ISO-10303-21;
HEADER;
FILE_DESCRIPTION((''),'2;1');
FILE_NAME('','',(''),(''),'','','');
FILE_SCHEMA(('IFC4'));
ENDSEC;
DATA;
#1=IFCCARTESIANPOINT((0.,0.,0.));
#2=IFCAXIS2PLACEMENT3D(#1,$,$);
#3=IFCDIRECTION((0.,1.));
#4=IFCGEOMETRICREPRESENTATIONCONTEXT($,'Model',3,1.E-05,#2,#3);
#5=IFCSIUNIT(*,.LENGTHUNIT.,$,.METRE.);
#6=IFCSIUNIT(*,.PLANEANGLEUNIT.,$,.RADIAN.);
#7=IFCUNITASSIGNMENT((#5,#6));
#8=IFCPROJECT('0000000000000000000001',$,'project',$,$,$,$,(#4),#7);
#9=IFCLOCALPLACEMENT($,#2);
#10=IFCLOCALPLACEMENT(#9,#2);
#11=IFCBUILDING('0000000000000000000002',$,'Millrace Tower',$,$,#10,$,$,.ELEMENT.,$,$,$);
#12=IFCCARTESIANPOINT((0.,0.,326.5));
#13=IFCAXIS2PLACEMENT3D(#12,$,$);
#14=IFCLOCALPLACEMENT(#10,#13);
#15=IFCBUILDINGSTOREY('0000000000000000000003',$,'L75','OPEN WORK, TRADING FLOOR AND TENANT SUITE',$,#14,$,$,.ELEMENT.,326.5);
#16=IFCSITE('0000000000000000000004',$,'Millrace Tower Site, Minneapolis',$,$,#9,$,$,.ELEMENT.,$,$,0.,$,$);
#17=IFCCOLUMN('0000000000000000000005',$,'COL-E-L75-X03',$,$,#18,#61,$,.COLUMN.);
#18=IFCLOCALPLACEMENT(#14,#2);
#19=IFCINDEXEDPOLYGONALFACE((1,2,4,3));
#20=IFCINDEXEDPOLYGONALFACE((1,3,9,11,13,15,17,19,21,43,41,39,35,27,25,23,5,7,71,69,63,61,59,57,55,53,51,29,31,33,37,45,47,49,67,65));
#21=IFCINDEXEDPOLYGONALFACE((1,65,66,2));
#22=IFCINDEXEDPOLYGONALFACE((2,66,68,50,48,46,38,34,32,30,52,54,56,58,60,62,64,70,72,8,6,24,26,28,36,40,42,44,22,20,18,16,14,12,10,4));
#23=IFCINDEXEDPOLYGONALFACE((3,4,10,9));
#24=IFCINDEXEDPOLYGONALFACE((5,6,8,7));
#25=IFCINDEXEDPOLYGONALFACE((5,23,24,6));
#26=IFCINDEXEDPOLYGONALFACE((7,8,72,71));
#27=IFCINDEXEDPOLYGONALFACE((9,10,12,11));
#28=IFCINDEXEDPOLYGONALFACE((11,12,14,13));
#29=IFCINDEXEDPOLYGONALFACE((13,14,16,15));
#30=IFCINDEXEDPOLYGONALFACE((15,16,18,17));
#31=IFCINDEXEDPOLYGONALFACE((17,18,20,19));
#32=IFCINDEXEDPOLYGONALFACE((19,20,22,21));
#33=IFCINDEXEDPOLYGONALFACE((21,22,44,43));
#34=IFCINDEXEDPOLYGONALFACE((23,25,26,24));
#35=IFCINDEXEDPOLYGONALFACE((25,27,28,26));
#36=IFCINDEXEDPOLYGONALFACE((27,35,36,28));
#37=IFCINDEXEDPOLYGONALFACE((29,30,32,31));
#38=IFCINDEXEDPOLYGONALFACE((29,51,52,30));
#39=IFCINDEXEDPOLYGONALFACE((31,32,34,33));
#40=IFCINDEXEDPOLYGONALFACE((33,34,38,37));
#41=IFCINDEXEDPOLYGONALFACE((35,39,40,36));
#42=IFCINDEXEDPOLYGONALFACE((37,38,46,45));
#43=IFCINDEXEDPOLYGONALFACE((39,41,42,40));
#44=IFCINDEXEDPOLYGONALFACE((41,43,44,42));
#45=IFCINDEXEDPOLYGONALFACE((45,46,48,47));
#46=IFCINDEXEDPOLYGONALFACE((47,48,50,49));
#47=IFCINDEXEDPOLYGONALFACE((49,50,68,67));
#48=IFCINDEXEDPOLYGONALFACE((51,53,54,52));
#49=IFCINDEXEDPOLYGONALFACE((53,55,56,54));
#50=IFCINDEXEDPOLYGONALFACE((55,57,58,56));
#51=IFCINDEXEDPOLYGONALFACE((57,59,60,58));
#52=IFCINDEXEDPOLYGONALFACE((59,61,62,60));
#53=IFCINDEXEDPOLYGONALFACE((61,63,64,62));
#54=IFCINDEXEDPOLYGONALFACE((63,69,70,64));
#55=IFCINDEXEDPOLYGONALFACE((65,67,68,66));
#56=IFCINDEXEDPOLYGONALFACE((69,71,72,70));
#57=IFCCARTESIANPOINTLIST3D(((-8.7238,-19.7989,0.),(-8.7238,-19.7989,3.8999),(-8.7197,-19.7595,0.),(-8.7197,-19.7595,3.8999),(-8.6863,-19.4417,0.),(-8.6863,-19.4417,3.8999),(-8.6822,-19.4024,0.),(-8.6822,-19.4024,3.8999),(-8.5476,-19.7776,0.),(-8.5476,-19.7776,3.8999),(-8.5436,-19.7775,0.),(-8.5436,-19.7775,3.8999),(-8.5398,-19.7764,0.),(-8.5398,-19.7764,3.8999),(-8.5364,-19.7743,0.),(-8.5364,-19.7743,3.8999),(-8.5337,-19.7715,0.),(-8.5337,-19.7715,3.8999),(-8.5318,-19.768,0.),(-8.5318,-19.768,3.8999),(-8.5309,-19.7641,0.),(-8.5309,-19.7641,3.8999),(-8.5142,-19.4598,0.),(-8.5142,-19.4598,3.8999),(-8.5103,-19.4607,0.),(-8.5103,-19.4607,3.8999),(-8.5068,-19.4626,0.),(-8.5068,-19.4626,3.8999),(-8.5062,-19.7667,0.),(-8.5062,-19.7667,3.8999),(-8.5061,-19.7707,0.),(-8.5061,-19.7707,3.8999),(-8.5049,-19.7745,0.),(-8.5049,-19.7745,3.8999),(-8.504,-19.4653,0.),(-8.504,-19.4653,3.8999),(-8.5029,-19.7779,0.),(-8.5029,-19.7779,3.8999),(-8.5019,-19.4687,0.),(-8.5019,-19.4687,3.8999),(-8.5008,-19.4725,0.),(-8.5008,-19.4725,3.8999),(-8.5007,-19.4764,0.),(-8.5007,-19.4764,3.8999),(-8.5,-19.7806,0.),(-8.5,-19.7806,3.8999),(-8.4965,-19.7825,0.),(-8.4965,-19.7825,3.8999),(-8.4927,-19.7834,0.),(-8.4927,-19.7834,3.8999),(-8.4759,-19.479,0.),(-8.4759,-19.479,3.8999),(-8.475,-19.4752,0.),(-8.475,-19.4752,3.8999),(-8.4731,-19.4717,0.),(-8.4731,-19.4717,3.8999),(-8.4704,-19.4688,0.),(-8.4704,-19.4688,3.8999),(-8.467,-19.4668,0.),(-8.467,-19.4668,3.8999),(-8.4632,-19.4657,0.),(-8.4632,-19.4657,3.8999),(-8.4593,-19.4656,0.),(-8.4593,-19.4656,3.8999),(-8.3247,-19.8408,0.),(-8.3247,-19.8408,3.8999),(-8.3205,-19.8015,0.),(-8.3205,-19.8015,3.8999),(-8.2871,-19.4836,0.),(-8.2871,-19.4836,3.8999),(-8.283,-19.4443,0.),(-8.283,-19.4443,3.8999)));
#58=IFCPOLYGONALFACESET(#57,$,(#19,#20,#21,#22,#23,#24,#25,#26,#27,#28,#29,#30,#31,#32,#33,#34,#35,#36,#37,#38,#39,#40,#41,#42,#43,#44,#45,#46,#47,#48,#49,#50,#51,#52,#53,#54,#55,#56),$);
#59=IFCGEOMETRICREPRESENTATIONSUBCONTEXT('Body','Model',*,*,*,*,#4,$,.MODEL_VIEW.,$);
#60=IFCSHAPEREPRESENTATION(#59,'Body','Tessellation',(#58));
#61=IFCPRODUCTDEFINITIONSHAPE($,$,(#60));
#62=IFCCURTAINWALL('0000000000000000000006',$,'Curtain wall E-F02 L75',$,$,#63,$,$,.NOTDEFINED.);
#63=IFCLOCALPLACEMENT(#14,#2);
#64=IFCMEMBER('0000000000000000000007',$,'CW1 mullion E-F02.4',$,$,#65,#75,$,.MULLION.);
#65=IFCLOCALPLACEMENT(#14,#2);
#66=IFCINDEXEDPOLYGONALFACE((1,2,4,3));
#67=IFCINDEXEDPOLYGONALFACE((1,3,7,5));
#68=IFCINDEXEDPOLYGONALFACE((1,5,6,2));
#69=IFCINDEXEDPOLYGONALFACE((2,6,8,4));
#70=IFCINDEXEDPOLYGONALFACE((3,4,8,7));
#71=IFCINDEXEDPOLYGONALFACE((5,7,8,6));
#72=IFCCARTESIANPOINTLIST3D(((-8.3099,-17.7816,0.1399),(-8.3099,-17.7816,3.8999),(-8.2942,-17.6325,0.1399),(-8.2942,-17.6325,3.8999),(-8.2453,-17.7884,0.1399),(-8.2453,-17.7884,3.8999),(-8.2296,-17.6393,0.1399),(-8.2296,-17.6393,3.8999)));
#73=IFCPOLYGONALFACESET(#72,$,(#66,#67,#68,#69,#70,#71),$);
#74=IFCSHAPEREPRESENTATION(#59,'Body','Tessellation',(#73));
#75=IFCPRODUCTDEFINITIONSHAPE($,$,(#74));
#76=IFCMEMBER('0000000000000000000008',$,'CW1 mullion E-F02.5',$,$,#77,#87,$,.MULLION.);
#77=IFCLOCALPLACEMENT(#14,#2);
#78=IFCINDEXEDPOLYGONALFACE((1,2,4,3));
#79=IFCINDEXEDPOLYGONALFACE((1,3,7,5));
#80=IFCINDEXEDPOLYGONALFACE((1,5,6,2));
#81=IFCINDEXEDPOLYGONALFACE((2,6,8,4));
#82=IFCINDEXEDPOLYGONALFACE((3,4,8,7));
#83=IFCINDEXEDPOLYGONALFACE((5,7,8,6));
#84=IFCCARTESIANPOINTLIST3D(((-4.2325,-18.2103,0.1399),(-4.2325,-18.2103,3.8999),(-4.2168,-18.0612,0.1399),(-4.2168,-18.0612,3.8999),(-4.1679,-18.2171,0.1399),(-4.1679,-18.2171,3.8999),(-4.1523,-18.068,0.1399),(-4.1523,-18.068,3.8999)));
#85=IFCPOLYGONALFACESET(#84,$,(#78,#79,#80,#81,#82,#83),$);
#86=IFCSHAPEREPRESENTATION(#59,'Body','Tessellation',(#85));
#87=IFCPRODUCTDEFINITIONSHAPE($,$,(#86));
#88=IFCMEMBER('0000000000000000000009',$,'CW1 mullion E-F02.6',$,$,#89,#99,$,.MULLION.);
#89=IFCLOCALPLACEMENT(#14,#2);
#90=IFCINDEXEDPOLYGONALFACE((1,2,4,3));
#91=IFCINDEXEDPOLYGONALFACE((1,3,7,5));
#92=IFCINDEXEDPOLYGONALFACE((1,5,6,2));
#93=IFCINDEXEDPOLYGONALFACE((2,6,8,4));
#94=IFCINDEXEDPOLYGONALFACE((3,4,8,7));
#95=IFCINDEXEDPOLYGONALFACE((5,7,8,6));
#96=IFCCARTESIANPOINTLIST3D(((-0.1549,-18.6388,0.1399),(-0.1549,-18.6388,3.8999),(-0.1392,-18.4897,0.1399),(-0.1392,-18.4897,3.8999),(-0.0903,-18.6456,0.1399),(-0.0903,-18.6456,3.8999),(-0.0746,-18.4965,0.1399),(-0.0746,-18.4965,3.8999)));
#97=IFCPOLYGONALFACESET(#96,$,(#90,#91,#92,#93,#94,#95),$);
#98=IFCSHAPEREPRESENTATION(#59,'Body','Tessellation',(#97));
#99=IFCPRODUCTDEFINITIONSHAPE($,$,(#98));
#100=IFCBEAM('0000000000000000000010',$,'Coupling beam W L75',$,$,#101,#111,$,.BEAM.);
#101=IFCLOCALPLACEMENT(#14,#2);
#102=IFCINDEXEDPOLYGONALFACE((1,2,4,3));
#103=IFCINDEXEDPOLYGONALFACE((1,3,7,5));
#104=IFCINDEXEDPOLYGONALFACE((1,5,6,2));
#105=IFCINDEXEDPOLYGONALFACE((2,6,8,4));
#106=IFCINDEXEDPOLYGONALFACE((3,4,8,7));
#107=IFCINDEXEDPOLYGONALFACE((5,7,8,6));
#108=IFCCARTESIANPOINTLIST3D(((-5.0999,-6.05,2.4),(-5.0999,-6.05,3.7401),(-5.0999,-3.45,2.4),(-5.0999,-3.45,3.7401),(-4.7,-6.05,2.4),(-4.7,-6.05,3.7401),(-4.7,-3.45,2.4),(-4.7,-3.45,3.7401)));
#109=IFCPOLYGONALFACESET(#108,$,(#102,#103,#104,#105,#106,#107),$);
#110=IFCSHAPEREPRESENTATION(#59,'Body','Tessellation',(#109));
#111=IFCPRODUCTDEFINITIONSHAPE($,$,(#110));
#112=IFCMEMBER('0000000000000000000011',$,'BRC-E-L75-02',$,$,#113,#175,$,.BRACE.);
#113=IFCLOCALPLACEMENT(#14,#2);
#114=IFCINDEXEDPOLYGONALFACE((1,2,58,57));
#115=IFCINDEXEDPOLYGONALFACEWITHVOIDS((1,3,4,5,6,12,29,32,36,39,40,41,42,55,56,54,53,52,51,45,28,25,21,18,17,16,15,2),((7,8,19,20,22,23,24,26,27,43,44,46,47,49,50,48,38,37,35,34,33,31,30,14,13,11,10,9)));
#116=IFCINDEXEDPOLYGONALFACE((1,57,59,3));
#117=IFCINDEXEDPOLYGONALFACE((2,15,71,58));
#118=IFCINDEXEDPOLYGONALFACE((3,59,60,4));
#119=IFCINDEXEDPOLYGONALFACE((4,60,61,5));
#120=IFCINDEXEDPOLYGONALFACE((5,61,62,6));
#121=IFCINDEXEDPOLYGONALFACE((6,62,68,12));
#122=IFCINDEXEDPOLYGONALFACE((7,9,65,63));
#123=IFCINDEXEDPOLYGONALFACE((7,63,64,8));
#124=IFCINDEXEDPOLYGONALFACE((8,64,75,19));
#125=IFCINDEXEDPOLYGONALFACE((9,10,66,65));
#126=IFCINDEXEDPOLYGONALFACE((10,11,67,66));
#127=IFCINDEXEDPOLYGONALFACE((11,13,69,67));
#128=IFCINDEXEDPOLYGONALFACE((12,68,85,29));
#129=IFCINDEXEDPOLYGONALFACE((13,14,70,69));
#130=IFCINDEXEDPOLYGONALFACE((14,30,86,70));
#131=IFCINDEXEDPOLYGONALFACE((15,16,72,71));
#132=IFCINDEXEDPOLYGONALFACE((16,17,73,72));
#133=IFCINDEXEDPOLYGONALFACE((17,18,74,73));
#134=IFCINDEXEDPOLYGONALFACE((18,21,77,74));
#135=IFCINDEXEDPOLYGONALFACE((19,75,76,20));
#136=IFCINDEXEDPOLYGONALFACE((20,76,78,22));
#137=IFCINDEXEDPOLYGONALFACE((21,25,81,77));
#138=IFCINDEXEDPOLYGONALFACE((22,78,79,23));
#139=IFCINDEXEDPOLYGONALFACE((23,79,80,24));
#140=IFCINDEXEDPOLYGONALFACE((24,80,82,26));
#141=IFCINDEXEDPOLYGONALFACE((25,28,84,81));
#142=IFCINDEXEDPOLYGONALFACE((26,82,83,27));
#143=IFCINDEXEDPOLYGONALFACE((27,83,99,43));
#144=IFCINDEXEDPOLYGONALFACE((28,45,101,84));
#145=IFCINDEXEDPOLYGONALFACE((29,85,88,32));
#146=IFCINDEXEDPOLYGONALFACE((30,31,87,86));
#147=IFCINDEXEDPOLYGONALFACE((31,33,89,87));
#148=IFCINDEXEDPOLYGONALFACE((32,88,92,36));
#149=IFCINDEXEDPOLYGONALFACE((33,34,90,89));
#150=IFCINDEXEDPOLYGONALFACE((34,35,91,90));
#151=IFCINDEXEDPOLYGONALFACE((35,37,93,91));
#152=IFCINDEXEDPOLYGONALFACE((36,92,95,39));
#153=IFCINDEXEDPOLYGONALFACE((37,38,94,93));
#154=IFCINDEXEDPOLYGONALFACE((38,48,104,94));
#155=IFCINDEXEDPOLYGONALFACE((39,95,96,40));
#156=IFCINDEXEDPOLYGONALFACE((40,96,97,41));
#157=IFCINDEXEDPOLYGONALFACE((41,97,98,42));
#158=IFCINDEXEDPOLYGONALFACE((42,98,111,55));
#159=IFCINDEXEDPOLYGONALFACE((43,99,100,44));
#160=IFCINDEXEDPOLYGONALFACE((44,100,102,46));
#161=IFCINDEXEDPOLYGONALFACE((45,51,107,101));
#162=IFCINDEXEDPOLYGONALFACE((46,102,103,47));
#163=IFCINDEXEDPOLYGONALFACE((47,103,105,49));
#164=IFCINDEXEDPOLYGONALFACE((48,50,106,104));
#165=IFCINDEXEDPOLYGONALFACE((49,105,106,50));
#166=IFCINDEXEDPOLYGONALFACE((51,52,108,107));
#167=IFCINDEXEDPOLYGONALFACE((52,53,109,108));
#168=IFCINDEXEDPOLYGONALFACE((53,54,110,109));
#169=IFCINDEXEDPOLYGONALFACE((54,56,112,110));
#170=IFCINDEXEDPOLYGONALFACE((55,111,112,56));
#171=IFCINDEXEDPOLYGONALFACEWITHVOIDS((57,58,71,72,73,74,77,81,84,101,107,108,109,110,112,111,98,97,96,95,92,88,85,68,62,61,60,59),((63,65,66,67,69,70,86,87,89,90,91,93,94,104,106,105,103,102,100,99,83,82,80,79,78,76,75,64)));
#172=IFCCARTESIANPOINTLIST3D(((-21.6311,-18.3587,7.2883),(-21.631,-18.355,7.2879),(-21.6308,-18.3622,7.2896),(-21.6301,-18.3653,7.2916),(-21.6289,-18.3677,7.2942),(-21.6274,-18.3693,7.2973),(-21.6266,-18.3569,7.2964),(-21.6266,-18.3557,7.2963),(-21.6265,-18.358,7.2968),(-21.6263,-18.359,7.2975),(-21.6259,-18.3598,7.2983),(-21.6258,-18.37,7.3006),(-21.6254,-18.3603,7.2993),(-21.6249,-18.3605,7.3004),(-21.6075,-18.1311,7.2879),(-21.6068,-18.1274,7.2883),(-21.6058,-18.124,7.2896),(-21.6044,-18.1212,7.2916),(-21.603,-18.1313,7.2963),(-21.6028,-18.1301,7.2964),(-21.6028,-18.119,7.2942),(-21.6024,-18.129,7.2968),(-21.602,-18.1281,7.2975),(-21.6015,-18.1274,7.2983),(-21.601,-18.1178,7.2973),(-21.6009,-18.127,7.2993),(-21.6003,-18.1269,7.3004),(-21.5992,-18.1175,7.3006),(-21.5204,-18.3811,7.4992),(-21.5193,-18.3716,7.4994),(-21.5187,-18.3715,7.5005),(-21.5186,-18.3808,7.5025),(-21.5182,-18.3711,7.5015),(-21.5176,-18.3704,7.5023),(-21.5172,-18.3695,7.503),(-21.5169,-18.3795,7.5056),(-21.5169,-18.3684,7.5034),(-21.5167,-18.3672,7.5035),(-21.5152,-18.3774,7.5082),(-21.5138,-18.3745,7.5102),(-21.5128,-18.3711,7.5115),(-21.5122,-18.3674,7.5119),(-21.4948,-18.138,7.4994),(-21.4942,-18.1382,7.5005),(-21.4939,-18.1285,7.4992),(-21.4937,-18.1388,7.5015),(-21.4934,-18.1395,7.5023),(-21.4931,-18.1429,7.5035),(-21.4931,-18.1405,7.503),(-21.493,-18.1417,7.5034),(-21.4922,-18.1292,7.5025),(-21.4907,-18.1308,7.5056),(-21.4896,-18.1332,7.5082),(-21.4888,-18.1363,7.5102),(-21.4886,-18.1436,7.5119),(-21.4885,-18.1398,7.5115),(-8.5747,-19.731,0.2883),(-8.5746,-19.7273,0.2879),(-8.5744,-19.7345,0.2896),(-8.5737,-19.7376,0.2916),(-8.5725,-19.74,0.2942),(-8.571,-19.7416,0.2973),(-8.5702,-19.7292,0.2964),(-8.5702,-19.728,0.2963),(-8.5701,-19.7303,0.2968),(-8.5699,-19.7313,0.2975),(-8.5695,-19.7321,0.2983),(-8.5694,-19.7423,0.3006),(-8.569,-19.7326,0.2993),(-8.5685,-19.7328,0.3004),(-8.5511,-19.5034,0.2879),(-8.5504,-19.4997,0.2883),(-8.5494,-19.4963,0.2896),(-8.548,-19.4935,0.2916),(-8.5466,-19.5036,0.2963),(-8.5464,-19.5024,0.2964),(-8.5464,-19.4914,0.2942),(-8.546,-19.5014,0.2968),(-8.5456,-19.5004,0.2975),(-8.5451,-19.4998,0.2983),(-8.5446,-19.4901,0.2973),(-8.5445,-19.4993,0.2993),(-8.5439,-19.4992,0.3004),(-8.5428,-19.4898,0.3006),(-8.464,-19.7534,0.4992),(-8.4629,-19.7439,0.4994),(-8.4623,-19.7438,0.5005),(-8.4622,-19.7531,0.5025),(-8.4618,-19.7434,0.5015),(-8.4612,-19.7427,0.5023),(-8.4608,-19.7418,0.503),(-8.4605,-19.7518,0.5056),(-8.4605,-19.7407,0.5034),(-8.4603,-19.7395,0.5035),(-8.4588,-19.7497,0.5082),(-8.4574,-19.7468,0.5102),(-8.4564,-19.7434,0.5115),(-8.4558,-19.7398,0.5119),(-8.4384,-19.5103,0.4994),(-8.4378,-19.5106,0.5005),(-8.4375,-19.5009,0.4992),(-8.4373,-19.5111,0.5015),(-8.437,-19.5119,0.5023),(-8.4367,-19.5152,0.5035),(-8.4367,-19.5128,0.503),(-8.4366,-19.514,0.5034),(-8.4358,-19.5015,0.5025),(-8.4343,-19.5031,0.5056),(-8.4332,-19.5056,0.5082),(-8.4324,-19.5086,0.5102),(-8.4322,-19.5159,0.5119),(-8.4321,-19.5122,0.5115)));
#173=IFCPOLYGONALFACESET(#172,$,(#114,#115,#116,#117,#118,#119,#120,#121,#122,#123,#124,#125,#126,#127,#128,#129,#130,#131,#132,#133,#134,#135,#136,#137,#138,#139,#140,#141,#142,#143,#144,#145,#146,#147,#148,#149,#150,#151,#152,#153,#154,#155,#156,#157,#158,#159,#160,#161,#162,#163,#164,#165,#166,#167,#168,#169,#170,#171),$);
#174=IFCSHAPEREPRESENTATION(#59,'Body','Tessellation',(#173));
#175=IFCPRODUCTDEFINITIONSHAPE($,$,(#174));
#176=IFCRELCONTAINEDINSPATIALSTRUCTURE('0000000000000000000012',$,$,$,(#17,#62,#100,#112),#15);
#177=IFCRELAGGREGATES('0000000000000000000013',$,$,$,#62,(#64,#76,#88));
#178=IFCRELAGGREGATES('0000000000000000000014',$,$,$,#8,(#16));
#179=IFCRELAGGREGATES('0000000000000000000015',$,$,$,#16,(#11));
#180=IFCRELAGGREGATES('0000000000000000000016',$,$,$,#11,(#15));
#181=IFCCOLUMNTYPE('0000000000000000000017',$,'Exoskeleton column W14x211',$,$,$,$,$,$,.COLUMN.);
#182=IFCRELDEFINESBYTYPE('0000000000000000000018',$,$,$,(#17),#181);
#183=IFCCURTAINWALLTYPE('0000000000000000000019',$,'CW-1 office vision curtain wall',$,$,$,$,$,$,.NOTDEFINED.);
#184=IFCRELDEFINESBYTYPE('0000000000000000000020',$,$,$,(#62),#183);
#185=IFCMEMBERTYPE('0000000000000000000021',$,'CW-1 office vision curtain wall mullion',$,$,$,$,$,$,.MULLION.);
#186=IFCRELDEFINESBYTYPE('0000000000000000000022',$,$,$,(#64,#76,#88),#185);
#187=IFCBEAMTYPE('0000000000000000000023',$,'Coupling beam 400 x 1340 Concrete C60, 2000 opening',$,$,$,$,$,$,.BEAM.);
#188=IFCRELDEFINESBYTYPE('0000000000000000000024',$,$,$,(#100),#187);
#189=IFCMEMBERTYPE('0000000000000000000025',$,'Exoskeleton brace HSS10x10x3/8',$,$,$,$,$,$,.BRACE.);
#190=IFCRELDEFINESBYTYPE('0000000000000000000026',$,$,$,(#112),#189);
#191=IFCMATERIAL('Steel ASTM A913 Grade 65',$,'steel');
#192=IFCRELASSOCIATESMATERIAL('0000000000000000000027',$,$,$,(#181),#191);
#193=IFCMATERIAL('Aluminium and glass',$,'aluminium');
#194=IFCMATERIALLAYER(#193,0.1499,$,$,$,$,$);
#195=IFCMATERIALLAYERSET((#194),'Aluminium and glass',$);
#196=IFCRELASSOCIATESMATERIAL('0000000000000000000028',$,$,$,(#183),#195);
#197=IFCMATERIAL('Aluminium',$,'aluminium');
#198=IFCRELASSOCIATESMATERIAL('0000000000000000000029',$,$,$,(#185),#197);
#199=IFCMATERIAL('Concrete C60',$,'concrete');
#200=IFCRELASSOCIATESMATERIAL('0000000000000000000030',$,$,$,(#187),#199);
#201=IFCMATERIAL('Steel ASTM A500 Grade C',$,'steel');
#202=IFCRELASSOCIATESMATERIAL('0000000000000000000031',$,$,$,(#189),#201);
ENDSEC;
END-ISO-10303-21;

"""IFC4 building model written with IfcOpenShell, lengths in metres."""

from ifc_helpers import new_model, si_unit, direction, frame, origin, origin_2d, place, context, subcontext, project, spatial, rectangle, hollow_rectangle, i_section, extrude, material, layer, layer_set, material_profile, profile_set, type_object, element, aggregate, save


model = new_model("IFC4")

# Units and contexts
model_context = context("Model", 3, precision=1e-05, world=origin(), true_north=direction((0.0, 1.0)))
body_context = subcontext(model_context, "Body", "Model", "MODEL_VIEW")
ifc_project = project(units=[si_unit("LENGTHUNIT", "METRE"), si_unit("PLANEANGLEUNIT", "RADIAN")], contexts=[model_context])

# Site, building, storey
site_placement = place(None, origin())
site = spatial("IfcSite", under=ifc_project, at=site_placement, Name="Millrace Tower Site, Minneapolis", CompositionType="ELEMENT", RefElevation=0.0)
building_placement = place(site_placement, origin())
building = spatial("IfcBuilding", under=site, at=building_placement, Name="Millrace Tower", CompositionType="ELEMENT")
storey_placement = place(building_placement, frame((0.0, 0.0, 326.5)))
storey = spatial("IfcBuildingStorey", under=building, at=storey_placement, Name="L75", Description="OPEN WORK, TRADING FLOOR AND TENANT SUITE", CompositionType="ELEMENT", Elevation=326.5)

# Column
ifc_material_1 = material(Name="Steel ASTM A913 Grade 65", Category="steel")
ifc_material_profile_1 = material_profile(ifc_material_1, i_section(OverallWidth=0.4014, OverallDepth=0.3987, WebThickness=0.0249, FlangeThickness=0.0396, FilletRadius=0.0151, at=origin_2d()))
ifc_profile_set_1 = profile_set([ifc_material_profile_1], Name="Steel ASTM A913 Grade 65")
column_type = type_object("IfcColumnType", Name="Exoskeleton column W14x211", PredefinedType="COLUMN", material=ifc_profile_set_1)
column_placement = place(storey_placement, frame((-8.5034, -19.6216, 0.0), z_axis=(0.0, 0.0, 1.0), x_axis=(0.994522, -0.104528, 0.0)))
element("IfcColumn", 1, at=column_placement, inside=storey, type_object=column_type, Name="COL-E-L75-X03", PredefinedType="COLUMN", context=body_context, shape_type="SweptSolid", body=[
    extrude(i_section(OverallWidth=0.4014, OverallDepth=0.3987, WebThickness=0.0249, FlangeThickness=0.0396, FilletRadius=0.0151, at=origin_2d()), origin(), (0.0, 0.0, 1.0), 3.8999),
])

# Curtain wall, members
ifc_material_2 = material(Name="Aluminium and glass", Category="aluminium")
ifc_layer_1 = layer(ifc_material_2, 0.1499)
ifc_layer_set_1 = layer_set([ifc_layer_1], Name="Aluminium and glass")
curtain_wall_type = type_object("IfcCurtainWallType", Name="CW-1 office vision curtain wall", PredefinedType="NOTDEFINED", material=ifc_layer_set_1)
curtain_wall_placement = place(storey_placement, origin())
curtain_wall = element("IfcCurtainWall", 2, at=curtain_wall_placement, inside=storey, type_object=curtain_wall_type, Name="Curtain wall E-F02 L75", PredefinedType="NOTDEFINED")
ifc_material_3 = material(Name="Aluminium", Category="aluminium")
ifc_material_profile_2 = material_profile(ifc_material_3, rectangle(XDim=0.0649, YDim=0.1499, at=origin_2d()))
ifc_profile_set_2 = profile_set([ifc_material_profile_2], Name="Aluminium")
member_type_1 = type_object("IfcMemberType", Name="CW-1 office vision curtain wall mullion", PredefinedType="MULLION", material=ifc_profile_set_2)
member_1_placement = place(storey_placement, frame((-8.2698, -17.7104, 0.1399), z_axis=(0.0, 0.0, 1.0), x_axis=(0.994522, -0.104528, 0.0)))
member_1 = element("IfcMember", 3, at=member_1_placement, type_object=member_type_1, Name="CW1 mullion E-F02.4", PredefinedType="MULLION", context=body_context, shape_type="SweptSolid", body=[
    extrude(rectangle(XDim=0.0649, YDim=0.1499, at=origin_2d()), origin(), (0.0, 0.0, 1.0), 3.76),
])
member_2_placement = place(storey_placement, frame((-4.1924, -18.1392, 0.1399), z_axis=(0.0, 0.0, 1.0), x_axis=(0.994522, -0.104528, 0.0)))
member_2 = element("IfcMember", 4, at=member_2_placement, type_object=member_type_1, Name="CW1 mullion E-F02.5", PredefinedType="MULLION", context=body_context, shape_type="SweptSolid", body=[
    extrude(rectangle(XDim=0.0649, YDim=0.1499, at=origin_2d()), origin(), (0.0, 0.0, 1.0), 3.76),
])
member_3_placement = place(storey_placement, frame((-0.1147, -18.5676, 0.1399), z_axis=(0.0, 0.0, 1.0), x_axis=(0.994522, -0.104528, 0.0)))
member_3 = element("IfcMember", 5, at=member_3_placement, type_object=member_type_1, Name="CW1 mullion E-F02.6", PredefinedType="MULLION", context=body_context, shape_type="SweptSolid", body=[
    extrude(rectangle(XDim=0.0649, YDim=0.1499, at=origin_2d()), origin(), (0.0, 0.0, 1.0), 3.76),
])
aggregate(curtain_wall, [member_1, member_2, member_3])

# Beam
ifc_material_4 = material(Name="Concrete C60", Category="concrete")
ifc_material_profile_3 = material_profile(ifc_material_4, rectangle(XDim=0.3999, YDim=1.3401, at=origin_2d()))
ifc_profile_set_3 = profile_set([ifc_material_profile_3], Name="Concrete C60")
beam_type_1 = type_object("IfcBeamType", Name="Coupling beam 400 x 1340 Concrete C60, 2000 opening", PredefinedType="BEAM", material=ifc_profile_set_3)
beam_1_placement = place(storey_placement, frame((-4.8999, -6.05, 3.0701), z_axis=(0.0, 1.0, 0.0), x_axis=(-1.0, 0.0, 0.0)))
element("IfcBeam", 6, at=beam_1_placement, inside=storey, type_object=beam_type_1, Name="Coupling beam W L75", PredefinedType="BEAM", context=body_context, shape_type="SweptSolid", body=[
    extrude(rectangle(XDim=0.3999, YDim=1.3401, at=origin_2d()), origin(), (0.0, 0.0, 1.0), 2.6001),
])

# Member
ifc_material_5 = material(Name="Steel ASTM A500 Grade C", Category="steel")
ifc_material_profile_4 = material_profile(ifc_material_5, hollow_rectangle(XDim=0.2539, YDim=0.2539, WallThickness=0.0095, InnerFilletRadius=0.0046, OuterFilletRadius=0.0144, at=origin_2d()))
ifc_profile_set_4 = profile_set([ifc_material_profile_4], Name="Steel ASTM A500 Grade C")
member_type_2 = type_object("IfcMemberType", Name="Exoskeleton brace HSS10x10x3/8", PredefinedType="BRACE", material=ifc_profile_set_4)
member_4_placement = place(storey_placement, frame((-8.5034, -19.6216, 0.3999), z_axis=(-0.877568, 0.092238, 0.470496), x_axis=(-0.104531, -0.994522, 0.0)))
element("IfcMember", 7, at=member_4_placement, inside=storey, type_object=member_type_2, Name="BRC-E-L75-02", PredefinedType="BRACE", context=body_context, shape_type="SweptSolid", body=[
    extrude(hollow_rectangle(XDim=0.2539, YDim=0.2539, WallThickness=0.0095, InnerFilletRadius=0.0046, OuterFilletRadius=0.0144, at=origin_2d()), origin(), (0.0, 0.0, 1.0), 14.8779),
])

save(model, "model.ifc")
